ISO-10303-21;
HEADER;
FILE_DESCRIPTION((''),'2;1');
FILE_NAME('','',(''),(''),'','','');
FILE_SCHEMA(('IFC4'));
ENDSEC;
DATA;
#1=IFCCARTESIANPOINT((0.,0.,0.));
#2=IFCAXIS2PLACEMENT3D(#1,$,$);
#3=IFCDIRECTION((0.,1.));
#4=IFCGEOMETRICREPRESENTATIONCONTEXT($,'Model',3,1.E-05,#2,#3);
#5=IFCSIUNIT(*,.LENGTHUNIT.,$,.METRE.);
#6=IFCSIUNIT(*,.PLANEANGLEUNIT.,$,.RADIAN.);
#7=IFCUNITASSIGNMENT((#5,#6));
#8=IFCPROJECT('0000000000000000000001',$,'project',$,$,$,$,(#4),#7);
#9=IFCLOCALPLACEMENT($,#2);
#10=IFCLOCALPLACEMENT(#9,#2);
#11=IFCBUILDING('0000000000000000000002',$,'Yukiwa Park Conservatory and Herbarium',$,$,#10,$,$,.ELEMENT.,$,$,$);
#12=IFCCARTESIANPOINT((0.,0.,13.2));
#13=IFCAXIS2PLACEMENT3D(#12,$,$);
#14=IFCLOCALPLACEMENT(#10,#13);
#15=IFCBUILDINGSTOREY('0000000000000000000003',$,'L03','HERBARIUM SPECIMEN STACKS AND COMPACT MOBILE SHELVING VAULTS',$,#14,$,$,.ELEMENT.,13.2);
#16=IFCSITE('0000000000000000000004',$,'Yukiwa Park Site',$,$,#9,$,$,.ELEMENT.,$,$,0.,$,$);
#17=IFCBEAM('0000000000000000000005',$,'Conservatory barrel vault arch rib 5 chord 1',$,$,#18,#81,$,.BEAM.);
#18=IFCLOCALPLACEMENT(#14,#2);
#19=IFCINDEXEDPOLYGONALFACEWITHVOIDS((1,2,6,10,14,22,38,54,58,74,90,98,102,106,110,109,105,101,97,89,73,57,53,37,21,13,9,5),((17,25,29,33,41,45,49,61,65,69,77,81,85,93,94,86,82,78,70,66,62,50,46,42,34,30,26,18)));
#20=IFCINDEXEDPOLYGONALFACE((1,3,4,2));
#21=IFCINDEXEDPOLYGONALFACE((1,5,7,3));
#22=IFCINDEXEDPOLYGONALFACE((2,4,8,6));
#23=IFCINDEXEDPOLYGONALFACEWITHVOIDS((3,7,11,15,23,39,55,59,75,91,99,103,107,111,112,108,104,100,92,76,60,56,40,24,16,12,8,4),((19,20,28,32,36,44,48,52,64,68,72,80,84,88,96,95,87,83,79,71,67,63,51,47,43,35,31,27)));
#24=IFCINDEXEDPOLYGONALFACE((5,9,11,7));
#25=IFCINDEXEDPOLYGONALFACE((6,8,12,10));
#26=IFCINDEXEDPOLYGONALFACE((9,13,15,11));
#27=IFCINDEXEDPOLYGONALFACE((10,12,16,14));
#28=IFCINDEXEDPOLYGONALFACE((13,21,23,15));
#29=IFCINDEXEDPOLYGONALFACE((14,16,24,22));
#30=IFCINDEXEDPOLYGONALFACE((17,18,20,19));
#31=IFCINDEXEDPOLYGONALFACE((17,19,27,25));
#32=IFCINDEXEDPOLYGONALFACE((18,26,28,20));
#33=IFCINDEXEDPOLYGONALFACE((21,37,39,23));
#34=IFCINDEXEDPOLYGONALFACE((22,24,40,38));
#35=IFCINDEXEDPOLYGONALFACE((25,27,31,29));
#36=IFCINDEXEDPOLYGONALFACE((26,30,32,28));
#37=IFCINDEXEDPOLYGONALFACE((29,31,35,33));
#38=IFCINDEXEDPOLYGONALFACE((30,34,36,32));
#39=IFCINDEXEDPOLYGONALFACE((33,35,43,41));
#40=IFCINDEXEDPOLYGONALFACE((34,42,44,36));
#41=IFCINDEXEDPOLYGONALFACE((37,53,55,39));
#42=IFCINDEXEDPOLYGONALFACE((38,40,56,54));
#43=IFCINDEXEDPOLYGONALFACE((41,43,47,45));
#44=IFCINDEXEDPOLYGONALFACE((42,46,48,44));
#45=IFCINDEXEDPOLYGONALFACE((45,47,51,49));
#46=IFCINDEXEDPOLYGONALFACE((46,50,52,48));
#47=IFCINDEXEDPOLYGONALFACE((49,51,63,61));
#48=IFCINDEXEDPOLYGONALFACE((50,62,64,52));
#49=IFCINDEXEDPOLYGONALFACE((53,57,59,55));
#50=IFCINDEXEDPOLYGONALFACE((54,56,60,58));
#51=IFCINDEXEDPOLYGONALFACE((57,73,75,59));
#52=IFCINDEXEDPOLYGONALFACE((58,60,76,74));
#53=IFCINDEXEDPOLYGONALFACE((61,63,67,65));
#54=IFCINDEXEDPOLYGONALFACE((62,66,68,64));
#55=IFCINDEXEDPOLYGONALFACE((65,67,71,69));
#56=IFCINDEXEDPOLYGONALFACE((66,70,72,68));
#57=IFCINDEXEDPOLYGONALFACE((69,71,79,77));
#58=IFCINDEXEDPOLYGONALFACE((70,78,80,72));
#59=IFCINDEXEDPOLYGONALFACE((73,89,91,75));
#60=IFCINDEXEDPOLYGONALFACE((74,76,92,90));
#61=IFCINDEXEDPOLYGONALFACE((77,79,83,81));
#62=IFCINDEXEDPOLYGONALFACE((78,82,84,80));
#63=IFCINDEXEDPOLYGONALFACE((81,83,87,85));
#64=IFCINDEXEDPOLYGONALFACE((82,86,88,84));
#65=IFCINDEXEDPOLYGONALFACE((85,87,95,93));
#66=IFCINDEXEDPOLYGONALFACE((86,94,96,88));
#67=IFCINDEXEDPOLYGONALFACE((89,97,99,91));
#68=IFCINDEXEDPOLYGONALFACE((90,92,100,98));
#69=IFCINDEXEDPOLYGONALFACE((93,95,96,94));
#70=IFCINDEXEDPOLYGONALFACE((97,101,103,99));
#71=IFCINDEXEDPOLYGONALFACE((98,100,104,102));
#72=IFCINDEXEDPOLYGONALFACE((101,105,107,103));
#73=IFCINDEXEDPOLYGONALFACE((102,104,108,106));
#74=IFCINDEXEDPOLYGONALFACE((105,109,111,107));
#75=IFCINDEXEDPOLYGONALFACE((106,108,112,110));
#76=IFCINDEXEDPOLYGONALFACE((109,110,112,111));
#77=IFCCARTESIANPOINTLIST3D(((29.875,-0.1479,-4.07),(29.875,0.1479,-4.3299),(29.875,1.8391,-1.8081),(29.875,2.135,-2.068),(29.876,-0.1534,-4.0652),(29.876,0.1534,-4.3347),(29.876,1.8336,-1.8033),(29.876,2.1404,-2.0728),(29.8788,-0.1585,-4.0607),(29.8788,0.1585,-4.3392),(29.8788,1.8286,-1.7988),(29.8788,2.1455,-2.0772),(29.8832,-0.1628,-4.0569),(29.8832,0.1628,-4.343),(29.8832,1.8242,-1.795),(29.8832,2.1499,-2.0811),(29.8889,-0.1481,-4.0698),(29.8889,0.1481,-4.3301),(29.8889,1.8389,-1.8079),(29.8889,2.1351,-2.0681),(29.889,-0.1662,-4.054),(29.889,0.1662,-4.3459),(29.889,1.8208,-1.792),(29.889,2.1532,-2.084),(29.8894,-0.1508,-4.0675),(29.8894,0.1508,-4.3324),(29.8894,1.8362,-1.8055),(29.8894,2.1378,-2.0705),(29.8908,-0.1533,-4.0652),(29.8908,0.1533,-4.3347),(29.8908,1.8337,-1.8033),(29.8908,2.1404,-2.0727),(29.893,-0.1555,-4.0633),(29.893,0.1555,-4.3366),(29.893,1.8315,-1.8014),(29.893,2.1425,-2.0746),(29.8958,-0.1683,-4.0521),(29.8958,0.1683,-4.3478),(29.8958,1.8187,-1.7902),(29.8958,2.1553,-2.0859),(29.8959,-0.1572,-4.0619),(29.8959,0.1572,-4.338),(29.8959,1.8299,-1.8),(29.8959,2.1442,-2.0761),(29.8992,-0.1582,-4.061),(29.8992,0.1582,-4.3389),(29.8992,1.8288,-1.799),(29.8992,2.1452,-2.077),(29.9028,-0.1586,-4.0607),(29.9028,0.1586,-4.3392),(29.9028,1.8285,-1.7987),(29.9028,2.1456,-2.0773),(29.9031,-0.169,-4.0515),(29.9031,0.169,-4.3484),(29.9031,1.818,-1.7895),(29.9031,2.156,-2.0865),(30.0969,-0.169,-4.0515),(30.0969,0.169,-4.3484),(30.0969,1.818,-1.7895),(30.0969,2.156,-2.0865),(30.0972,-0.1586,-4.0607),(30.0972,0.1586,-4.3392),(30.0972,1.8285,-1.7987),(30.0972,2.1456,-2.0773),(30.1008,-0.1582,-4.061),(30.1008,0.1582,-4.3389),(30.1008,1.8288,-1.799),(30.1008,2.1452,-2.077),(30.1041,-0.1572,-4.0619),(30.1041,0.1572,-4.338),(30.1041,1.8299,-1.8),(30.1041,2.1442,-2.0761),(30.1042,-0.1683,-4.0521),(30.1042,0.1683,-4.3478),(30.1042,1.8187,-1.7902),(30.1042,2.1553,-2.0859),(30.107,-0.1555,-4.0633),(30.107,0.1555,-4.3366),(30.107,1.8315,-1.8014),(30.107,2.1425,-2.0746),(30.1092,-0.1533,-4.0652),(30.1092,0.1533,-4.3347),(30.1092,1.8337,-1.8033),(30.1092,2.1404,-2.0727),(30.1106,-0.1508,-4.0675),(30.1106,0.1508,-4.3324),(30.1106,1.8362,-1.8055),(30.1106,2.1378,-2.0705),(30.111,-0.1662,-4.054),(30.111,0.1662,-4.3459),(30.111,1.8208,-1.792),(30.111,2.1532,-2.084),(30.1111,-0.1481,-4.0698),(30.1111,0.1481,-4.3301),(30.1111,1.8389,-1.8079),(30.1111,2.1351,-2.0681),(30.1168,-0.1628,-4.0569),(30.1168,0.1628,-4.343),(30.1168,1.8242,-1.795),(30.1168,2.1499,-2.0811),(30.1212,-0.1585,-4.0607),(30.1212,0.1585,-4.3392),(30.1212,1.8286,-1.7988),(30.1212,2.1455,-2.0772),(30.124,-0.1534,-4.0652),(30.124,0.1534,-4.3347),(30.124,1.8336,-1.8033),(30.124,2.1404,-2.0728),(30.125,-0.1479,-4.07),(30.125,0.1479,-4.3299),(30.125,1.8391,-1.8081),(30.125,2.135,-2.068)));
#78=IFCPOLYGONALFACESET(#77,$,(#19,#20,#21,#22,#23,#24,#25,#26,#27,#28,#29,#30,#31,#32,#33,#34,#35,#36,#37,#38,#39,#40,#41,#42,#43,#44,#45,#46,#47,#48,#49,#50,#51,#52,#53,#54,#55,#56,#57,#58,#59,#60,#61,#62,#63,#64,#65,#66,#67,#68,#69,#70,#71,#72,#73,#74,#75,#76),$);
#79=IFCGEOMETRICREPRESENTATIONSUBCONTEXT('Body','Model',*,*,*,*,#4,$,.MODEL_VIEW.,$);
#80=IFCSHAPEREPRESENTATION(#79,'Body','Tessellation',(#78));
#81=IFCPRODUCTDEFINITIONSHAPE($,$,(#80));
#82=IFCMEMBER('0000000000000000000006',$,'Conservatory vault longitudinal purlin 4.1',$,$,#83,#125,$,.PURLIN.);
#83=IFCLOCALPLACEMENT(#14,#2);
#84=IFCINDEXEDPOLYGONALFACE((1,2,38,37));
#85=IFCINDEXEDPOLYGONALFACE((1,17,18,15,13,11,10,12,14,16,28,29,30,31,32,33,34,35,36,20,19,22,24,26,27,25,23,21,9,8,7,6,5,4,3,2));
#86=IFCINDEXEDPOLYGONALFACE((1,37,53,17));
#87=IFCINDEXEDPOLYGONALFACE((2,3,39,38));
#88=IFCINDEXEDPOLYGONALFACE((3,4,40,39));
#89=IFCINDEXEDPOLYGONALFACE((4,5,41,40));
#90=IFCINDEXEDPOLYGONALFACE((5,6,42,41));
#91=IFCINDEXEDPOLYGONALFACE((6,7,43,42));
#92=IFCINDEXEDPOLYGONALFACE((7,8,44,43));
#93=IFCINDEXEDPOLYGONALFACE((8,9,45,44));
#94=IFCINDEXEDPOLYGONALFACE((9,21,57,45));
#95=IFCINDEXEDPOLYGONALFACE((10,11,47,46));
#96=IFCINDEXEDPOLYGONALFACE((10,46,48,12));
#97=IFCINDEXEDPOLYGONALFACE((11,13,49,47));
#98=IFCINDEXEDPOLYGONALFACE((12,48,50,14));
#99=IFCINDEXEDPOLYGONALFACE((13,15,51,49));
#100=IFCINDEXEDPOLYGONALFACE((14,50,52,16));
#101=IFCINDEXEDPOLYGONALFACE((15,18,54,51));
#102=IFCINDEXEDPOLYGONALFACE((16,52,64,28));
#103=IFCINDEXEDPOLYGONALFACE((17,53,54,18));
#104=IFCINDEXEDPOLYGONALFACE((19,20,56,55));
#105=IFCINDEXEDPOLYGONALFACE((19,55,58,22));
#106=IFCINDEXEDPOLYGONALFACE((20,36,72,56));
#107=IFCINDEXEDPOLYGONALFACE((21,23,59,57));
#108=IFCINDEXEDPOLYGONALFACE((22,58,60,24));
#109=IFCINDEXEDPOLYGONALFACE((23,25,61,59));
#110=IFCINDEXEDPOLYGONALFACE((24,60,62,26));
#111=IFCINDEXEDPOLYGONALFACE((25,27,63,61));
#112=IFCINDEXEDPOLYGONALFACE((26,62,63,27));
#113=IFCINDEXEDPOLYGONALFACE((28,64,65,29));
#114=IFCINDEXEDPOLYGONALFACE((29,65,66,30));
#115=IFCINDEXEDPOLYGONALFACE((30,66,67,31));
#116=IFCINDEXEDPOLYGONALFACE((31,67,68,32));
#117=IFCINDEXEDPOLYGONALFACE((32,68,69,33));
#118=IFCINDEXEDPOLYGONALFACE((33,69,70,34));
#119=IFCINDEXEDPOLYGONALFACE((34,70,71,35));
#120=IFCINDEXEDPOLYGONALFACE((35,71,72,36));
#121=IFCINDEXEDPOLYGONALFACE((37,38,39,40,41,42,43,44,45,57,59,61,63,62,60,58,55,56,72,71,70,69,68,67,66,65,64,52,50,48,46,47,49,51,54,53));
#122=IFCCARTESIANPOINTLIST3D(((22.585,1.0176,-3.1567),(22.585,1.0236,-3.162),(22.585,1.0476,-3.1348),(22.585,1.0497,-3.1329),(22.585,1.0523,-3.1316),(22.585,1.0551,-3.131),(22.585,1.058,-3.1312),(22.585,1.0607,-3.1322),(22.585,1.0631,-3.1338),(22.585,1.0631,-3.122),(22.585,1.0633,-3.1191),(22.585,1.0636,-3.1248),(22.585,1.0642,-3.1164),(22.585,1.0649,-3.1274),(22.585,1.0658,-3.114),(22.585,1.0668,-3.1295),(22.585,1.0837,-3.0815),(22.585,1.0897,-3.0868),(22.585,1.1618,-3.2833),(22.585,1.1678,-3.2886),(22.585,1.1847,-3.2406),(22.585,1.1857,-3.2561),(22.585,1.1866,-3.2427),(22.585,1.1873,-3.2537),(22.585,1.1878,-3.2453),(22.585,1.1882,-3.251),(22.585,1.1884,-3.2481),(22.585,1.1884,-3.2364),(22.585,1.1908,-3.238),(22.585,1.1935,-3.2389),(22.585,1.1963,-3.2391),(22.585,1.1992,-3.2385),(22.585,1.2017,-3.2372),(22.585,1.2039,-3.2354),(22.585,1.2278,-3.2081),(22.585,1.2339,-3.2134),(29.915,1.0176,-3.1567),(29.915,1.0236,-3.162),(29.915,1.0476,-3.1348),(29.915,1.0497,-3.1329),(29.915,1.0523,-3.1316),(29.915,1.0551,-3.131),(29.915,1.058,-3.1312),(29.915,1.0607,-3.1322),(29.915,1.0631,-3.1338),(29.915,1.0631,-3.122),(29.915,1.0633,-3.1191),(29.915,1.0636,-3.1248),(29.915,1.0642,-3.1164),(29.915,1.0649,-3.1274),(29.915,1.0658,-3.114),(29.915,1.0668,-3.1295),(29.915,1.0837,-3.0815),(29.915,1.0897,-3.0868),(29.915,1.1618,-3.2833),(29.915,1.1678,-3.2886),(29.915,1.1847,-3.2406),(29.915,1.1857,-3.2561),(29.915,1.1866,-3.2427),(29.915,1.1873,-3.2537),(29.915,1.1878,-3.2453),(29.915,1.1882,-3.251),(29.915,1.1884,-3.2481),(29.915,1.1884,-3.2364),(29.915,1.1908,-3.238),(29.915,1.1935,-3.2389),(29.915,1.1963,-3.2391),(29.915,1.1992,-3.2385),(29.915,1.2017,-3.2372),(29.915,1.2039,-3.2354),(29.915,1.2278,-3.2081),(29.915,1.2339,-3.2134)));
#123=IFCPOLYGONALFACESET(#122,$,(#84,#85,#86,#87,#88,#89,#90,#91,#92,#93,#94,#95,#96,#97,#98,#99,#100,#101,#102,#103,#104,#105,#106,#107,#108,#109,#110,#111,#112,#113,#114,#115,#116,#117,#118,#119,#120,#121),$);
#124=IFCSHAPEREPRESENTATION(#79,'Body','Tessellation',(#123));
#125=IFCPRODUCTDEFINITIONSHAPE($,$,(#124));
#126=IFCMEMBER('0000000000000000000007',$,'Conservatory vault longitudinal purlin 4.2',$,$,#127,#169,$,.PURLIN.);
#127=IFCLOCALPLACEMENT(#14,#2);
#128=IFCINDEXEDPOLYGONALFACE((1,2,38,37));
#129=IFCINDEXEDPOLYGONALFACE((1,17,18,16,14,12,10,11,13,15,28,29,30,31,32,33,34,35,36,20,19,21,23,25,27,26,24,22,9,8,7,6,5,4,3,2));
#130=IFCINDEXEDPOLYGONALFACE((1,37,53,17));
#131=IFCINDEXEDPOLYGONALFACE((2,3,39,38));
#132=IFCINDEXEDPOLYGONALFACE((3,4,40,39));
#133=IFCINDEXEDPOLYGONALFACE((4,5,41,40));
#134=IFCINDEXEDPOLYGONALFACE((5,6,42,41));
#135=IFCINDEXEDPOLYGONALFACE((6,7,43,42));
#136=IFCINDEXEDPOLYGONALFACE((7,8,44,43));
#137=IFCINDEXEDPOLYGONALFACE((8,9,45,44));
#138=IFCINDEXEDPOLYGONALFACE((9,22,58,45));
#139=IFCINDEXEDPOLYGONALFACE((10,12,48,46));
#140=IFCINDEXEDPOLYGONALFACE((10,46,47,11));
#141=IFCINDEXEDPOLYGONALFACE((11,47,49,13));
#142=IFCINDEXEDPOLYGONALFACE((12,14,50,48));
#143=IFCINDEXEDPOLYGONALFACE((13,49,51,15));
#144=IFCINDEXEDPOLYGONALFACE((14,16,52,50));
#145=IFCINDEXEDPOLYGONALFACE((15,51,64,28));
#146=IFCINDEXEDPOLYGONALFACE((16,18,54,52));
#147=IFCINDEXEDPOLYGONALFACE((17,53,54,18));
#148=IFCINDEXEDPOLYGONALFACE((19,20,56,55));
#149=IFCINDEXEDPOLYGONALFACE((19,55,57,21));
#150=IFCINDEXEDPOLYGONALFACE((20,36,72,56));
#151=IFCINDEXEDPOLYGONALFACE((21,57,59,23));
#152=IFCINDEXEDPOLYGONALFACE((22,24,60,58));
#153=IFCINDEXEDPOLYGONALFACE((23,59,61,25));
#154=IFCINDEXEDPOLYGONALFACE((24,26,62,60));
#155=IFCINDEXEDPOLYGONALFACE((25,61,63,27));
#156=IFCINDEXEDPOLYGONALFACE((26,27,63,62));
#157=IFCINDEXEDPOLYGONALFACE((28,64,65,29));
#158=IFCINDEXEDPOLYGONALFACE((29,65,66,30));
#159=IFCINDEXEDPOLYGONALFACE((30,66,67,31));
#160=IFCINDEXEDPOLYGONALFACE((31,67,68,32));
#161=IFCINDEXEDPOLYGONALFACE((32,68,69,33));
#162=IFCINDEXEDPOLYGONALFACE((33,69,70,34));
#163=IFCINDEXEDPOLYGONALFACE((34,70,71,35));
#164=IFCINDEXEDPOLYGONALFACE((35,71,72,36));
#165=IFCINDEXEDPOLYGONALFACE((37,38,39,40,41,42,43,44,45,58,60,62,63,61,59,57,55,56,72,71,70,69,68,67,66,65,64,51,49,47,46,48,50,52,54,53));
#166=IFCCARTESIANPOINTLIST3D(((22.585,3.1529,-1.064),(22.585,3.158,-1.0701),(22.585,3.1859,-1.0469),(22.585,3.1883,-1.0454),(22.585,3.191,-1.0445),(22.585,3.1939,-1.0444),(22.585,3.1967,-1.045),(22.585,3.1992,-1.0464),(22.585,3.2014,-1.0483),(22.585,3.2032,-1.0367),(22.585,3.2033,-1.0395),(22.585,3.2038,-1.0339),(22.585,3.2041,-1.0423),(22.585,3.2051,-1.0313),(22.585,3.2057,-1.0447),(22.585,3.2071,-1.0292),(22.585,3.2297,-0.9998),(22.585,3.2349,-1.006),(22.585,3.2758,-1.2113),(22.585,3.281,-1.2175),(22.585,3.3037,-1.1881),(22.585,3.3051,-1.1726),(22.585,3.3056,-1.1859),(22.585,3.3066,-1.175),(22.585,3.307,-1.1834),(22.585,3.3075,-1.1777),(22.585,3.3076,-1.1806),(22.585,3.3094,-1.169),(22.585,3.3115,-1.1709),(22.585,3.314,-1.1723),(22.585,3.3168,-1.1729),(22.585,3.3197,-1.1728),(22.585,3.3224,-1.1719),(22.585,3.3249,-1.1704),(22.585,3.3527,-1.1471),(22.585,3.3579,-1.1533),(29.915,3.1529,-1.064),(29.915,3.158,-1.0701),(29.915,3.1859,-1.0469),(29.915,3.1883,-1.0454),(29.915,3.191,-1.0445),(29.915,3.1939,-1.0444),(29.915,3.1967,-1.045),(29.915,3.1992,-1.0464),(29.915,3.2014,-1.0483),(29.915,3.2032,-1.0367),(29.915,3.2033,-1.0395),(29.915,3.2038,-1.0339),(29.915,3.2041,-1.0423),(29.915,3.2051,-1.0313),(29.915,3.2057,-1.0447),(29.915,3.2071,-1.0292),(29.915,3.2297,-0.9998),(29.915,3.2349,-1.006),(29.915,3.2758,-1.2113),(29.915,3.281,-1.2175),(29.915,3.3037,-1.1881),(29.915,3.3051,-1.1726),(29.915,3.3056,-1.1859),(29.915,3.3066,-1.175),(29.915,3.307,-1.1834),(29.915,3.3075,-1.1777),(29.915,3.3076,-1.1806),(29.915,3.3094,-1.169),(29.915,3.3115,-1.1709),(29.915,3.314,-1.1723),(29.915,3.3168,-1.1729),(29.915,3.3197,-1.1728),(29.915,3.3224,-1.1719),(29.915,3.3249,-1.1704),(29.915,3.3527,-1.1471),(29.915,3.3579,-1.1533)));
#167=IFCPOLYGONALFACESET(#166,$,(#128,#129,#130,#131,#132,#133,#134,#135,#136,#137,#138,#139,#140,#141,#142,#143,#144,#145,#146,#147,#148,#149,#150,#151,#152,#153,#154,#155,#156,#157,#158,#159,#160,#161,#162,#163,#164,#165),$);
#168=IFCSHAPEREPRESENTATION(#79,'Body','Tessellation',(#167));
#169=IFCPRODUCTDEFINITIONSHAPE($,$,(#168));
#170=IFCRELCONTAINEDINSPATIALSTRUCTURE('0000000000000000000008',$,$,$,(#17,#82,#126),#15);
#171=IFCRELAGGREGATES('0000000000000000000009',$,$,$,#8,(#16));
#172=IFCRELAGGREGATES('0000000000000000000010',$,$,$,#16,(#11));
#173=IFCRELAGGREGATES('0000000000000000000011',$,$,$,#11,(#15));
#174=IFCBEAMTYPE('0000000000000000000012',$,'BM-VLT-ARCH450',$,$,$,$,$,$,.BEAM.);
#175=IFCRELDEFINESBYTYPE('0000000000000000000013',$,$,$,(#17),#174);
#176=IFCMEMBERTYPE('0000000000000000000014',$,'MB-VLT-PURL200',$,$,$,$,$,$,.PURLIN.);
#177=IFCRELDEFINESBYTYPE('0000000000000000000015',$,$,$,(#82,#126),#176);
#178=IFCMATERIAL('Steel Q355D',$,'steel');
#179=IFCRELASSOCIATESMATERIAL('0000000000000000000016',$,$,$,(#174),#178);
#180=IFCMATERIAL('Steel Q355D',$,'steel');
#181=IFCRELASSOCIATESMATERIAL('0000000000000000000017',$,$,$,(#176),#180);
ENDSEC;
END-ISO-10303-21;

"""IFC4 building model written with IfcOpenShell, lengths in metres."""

from ifc_helpers import new_model, si_unit, direction, frame, origin, origin_2d, place, context, subcontext, project, spatial, hollow_rectangle, i_section, extrude, material, material_profile, profile_set, type_object, element, save


model = new_model("IFC4")

# Units and contexts
model_context = context("Model", 3, precision=1e-05, world=origin(), true_north=direction((0.0, 1.0)))
body_context = subcontext(model_context, "Body", "Model", "MODEL_VIEW")
ifc_project = project(units=[si_unit("LENGTHUNIT", "METRE"), si_unit("PLANEANGLEUNIT", "RADIAN")], contexts=[model_context])

# Site, building, storey
site_placement = place(None, origin())
site = spatial("IfcSite", under=ifc_project, at=site_placement, Name="Yukiwa Park Site", CompositionType="ELEMENT", RefElevation=0.0)
building_placement = place(site_placement, origin())
building = spatial("IfcBuilding", under=site, at=building_placement, Name="Yukiwa Park Conservatory and Herbarium", CompositionType="ELEMENT")
storey_placement = place(building_placement, frame((0.0, 0.0, 13.2)))
storey = spatial("IfcBuildingStorey", under=building, at=storey_placement, Name="L03", Description="HERBARIUM SPECIMEN STACKS AND COMPACT MOBILE SHELVING VAULTS", CompositionType="ELEMENT", Elevation=13.2)

# Beam
ifc_material_1 = material(Name="Steel Q355D", Category="steel")
ifc_material_profile_1 = material_profile(ifc_material_1, hollow_rectangle(XDim=0.25, YDim=0.45, WallThickness=0.0139, InnerFilletRadius=0.0139, OuterFilletRadius=0.0281, at=origin_2d()), Name="RHS 450x250x14")
ifc_profile_set_1 = profile_set([ifc_material_profile_1], Name="Steel Q355D")
beam_type = type_object("IfcBeamType", Name="BM-VLT-ARCH450", PredefinedType="BEAM", material=ifc_profile_set_1)
for number, where, z_axis, x_axis, name in (
    (1, (30.0, 0.0, -4.2), (0.0, 0.659979, 0.751284), (-1.0, 0.0, 0.0), "Conservatory barrel vault arch rib 5 chord 1"),
):
    element("IfcBeam", number, at=place(storey_placement, frame(where, z_axis=z_axis, x_axis=x_axis)), inside=storey, type_object=beam_type, Name=name, PredefinedType="BEAM", context=body_context, shape_type="SweptSolid", body=[
        extrude(hollow_rectangle(XDim=0.25, YDim=0.45, WallThickness=0.0139, InnerFilletRadius=0.0139, OuterFilletRadius=0.0281, at=origin_2d()), origin(), (0.0, 0.0, 1.0), 3.0107),
    ])

# Members
ifc_material_2 = material(Name="Steel Q355D", Category="steel")
ifc_material_profile_2 = material_profile(ifc_material_2, i_section(OverallWidth=0.1001, OverallDepth=0.2, WebThickness=0.0056, FlangeThickness=0.0081, FilletRadius=0.011, at=origin_2d()), Name="HN 200x100x5.5x8")
ifc_profile_set_2 = profile_set([ifc_material_profile_2], Name="Steel Q355D")
member_type_1 = type_object("IfcMemberType", Name="MB-VLT-PURL200", PredefinedType="PURLIN", material=ifc_profile_set_2)
for number, where, z_axis, x_axis, name in (
    (2, (22.585, 1.1257, -3.1851), (1.0, 0.0, 0.0), (0.0, 0.659968, 0.751294), "Conservatory vault longitudinal purlin 4.1"),
    (3, (22.585, 3.2554, -1.1086), (1.0, 0.0, 0.0), (0.0, 0.767751, 0.640748), "Conservatory vault longitudinal purlin 4.2"),
):
    element("IfcMember", number, at=place(storey_placement, frame(where, z_axis=z_axis, x_axis=x_axis)), inside=storey, type_object=member_type_1, Name=name, PredefinedType="PURLIN", context=body_context, shape_type="SweptSolid", body=[
        extrude(i_section(OverallWidth=0.1001, OverallDepth=0.2, WebThickness=0.0056, FlangeThickness=0.0081, FilletRadius=0.011, at=origin_2d()), origin(), (0.0, 0.0, 1.0), 7.3301),
    ])

save(model, "model.ifc")
